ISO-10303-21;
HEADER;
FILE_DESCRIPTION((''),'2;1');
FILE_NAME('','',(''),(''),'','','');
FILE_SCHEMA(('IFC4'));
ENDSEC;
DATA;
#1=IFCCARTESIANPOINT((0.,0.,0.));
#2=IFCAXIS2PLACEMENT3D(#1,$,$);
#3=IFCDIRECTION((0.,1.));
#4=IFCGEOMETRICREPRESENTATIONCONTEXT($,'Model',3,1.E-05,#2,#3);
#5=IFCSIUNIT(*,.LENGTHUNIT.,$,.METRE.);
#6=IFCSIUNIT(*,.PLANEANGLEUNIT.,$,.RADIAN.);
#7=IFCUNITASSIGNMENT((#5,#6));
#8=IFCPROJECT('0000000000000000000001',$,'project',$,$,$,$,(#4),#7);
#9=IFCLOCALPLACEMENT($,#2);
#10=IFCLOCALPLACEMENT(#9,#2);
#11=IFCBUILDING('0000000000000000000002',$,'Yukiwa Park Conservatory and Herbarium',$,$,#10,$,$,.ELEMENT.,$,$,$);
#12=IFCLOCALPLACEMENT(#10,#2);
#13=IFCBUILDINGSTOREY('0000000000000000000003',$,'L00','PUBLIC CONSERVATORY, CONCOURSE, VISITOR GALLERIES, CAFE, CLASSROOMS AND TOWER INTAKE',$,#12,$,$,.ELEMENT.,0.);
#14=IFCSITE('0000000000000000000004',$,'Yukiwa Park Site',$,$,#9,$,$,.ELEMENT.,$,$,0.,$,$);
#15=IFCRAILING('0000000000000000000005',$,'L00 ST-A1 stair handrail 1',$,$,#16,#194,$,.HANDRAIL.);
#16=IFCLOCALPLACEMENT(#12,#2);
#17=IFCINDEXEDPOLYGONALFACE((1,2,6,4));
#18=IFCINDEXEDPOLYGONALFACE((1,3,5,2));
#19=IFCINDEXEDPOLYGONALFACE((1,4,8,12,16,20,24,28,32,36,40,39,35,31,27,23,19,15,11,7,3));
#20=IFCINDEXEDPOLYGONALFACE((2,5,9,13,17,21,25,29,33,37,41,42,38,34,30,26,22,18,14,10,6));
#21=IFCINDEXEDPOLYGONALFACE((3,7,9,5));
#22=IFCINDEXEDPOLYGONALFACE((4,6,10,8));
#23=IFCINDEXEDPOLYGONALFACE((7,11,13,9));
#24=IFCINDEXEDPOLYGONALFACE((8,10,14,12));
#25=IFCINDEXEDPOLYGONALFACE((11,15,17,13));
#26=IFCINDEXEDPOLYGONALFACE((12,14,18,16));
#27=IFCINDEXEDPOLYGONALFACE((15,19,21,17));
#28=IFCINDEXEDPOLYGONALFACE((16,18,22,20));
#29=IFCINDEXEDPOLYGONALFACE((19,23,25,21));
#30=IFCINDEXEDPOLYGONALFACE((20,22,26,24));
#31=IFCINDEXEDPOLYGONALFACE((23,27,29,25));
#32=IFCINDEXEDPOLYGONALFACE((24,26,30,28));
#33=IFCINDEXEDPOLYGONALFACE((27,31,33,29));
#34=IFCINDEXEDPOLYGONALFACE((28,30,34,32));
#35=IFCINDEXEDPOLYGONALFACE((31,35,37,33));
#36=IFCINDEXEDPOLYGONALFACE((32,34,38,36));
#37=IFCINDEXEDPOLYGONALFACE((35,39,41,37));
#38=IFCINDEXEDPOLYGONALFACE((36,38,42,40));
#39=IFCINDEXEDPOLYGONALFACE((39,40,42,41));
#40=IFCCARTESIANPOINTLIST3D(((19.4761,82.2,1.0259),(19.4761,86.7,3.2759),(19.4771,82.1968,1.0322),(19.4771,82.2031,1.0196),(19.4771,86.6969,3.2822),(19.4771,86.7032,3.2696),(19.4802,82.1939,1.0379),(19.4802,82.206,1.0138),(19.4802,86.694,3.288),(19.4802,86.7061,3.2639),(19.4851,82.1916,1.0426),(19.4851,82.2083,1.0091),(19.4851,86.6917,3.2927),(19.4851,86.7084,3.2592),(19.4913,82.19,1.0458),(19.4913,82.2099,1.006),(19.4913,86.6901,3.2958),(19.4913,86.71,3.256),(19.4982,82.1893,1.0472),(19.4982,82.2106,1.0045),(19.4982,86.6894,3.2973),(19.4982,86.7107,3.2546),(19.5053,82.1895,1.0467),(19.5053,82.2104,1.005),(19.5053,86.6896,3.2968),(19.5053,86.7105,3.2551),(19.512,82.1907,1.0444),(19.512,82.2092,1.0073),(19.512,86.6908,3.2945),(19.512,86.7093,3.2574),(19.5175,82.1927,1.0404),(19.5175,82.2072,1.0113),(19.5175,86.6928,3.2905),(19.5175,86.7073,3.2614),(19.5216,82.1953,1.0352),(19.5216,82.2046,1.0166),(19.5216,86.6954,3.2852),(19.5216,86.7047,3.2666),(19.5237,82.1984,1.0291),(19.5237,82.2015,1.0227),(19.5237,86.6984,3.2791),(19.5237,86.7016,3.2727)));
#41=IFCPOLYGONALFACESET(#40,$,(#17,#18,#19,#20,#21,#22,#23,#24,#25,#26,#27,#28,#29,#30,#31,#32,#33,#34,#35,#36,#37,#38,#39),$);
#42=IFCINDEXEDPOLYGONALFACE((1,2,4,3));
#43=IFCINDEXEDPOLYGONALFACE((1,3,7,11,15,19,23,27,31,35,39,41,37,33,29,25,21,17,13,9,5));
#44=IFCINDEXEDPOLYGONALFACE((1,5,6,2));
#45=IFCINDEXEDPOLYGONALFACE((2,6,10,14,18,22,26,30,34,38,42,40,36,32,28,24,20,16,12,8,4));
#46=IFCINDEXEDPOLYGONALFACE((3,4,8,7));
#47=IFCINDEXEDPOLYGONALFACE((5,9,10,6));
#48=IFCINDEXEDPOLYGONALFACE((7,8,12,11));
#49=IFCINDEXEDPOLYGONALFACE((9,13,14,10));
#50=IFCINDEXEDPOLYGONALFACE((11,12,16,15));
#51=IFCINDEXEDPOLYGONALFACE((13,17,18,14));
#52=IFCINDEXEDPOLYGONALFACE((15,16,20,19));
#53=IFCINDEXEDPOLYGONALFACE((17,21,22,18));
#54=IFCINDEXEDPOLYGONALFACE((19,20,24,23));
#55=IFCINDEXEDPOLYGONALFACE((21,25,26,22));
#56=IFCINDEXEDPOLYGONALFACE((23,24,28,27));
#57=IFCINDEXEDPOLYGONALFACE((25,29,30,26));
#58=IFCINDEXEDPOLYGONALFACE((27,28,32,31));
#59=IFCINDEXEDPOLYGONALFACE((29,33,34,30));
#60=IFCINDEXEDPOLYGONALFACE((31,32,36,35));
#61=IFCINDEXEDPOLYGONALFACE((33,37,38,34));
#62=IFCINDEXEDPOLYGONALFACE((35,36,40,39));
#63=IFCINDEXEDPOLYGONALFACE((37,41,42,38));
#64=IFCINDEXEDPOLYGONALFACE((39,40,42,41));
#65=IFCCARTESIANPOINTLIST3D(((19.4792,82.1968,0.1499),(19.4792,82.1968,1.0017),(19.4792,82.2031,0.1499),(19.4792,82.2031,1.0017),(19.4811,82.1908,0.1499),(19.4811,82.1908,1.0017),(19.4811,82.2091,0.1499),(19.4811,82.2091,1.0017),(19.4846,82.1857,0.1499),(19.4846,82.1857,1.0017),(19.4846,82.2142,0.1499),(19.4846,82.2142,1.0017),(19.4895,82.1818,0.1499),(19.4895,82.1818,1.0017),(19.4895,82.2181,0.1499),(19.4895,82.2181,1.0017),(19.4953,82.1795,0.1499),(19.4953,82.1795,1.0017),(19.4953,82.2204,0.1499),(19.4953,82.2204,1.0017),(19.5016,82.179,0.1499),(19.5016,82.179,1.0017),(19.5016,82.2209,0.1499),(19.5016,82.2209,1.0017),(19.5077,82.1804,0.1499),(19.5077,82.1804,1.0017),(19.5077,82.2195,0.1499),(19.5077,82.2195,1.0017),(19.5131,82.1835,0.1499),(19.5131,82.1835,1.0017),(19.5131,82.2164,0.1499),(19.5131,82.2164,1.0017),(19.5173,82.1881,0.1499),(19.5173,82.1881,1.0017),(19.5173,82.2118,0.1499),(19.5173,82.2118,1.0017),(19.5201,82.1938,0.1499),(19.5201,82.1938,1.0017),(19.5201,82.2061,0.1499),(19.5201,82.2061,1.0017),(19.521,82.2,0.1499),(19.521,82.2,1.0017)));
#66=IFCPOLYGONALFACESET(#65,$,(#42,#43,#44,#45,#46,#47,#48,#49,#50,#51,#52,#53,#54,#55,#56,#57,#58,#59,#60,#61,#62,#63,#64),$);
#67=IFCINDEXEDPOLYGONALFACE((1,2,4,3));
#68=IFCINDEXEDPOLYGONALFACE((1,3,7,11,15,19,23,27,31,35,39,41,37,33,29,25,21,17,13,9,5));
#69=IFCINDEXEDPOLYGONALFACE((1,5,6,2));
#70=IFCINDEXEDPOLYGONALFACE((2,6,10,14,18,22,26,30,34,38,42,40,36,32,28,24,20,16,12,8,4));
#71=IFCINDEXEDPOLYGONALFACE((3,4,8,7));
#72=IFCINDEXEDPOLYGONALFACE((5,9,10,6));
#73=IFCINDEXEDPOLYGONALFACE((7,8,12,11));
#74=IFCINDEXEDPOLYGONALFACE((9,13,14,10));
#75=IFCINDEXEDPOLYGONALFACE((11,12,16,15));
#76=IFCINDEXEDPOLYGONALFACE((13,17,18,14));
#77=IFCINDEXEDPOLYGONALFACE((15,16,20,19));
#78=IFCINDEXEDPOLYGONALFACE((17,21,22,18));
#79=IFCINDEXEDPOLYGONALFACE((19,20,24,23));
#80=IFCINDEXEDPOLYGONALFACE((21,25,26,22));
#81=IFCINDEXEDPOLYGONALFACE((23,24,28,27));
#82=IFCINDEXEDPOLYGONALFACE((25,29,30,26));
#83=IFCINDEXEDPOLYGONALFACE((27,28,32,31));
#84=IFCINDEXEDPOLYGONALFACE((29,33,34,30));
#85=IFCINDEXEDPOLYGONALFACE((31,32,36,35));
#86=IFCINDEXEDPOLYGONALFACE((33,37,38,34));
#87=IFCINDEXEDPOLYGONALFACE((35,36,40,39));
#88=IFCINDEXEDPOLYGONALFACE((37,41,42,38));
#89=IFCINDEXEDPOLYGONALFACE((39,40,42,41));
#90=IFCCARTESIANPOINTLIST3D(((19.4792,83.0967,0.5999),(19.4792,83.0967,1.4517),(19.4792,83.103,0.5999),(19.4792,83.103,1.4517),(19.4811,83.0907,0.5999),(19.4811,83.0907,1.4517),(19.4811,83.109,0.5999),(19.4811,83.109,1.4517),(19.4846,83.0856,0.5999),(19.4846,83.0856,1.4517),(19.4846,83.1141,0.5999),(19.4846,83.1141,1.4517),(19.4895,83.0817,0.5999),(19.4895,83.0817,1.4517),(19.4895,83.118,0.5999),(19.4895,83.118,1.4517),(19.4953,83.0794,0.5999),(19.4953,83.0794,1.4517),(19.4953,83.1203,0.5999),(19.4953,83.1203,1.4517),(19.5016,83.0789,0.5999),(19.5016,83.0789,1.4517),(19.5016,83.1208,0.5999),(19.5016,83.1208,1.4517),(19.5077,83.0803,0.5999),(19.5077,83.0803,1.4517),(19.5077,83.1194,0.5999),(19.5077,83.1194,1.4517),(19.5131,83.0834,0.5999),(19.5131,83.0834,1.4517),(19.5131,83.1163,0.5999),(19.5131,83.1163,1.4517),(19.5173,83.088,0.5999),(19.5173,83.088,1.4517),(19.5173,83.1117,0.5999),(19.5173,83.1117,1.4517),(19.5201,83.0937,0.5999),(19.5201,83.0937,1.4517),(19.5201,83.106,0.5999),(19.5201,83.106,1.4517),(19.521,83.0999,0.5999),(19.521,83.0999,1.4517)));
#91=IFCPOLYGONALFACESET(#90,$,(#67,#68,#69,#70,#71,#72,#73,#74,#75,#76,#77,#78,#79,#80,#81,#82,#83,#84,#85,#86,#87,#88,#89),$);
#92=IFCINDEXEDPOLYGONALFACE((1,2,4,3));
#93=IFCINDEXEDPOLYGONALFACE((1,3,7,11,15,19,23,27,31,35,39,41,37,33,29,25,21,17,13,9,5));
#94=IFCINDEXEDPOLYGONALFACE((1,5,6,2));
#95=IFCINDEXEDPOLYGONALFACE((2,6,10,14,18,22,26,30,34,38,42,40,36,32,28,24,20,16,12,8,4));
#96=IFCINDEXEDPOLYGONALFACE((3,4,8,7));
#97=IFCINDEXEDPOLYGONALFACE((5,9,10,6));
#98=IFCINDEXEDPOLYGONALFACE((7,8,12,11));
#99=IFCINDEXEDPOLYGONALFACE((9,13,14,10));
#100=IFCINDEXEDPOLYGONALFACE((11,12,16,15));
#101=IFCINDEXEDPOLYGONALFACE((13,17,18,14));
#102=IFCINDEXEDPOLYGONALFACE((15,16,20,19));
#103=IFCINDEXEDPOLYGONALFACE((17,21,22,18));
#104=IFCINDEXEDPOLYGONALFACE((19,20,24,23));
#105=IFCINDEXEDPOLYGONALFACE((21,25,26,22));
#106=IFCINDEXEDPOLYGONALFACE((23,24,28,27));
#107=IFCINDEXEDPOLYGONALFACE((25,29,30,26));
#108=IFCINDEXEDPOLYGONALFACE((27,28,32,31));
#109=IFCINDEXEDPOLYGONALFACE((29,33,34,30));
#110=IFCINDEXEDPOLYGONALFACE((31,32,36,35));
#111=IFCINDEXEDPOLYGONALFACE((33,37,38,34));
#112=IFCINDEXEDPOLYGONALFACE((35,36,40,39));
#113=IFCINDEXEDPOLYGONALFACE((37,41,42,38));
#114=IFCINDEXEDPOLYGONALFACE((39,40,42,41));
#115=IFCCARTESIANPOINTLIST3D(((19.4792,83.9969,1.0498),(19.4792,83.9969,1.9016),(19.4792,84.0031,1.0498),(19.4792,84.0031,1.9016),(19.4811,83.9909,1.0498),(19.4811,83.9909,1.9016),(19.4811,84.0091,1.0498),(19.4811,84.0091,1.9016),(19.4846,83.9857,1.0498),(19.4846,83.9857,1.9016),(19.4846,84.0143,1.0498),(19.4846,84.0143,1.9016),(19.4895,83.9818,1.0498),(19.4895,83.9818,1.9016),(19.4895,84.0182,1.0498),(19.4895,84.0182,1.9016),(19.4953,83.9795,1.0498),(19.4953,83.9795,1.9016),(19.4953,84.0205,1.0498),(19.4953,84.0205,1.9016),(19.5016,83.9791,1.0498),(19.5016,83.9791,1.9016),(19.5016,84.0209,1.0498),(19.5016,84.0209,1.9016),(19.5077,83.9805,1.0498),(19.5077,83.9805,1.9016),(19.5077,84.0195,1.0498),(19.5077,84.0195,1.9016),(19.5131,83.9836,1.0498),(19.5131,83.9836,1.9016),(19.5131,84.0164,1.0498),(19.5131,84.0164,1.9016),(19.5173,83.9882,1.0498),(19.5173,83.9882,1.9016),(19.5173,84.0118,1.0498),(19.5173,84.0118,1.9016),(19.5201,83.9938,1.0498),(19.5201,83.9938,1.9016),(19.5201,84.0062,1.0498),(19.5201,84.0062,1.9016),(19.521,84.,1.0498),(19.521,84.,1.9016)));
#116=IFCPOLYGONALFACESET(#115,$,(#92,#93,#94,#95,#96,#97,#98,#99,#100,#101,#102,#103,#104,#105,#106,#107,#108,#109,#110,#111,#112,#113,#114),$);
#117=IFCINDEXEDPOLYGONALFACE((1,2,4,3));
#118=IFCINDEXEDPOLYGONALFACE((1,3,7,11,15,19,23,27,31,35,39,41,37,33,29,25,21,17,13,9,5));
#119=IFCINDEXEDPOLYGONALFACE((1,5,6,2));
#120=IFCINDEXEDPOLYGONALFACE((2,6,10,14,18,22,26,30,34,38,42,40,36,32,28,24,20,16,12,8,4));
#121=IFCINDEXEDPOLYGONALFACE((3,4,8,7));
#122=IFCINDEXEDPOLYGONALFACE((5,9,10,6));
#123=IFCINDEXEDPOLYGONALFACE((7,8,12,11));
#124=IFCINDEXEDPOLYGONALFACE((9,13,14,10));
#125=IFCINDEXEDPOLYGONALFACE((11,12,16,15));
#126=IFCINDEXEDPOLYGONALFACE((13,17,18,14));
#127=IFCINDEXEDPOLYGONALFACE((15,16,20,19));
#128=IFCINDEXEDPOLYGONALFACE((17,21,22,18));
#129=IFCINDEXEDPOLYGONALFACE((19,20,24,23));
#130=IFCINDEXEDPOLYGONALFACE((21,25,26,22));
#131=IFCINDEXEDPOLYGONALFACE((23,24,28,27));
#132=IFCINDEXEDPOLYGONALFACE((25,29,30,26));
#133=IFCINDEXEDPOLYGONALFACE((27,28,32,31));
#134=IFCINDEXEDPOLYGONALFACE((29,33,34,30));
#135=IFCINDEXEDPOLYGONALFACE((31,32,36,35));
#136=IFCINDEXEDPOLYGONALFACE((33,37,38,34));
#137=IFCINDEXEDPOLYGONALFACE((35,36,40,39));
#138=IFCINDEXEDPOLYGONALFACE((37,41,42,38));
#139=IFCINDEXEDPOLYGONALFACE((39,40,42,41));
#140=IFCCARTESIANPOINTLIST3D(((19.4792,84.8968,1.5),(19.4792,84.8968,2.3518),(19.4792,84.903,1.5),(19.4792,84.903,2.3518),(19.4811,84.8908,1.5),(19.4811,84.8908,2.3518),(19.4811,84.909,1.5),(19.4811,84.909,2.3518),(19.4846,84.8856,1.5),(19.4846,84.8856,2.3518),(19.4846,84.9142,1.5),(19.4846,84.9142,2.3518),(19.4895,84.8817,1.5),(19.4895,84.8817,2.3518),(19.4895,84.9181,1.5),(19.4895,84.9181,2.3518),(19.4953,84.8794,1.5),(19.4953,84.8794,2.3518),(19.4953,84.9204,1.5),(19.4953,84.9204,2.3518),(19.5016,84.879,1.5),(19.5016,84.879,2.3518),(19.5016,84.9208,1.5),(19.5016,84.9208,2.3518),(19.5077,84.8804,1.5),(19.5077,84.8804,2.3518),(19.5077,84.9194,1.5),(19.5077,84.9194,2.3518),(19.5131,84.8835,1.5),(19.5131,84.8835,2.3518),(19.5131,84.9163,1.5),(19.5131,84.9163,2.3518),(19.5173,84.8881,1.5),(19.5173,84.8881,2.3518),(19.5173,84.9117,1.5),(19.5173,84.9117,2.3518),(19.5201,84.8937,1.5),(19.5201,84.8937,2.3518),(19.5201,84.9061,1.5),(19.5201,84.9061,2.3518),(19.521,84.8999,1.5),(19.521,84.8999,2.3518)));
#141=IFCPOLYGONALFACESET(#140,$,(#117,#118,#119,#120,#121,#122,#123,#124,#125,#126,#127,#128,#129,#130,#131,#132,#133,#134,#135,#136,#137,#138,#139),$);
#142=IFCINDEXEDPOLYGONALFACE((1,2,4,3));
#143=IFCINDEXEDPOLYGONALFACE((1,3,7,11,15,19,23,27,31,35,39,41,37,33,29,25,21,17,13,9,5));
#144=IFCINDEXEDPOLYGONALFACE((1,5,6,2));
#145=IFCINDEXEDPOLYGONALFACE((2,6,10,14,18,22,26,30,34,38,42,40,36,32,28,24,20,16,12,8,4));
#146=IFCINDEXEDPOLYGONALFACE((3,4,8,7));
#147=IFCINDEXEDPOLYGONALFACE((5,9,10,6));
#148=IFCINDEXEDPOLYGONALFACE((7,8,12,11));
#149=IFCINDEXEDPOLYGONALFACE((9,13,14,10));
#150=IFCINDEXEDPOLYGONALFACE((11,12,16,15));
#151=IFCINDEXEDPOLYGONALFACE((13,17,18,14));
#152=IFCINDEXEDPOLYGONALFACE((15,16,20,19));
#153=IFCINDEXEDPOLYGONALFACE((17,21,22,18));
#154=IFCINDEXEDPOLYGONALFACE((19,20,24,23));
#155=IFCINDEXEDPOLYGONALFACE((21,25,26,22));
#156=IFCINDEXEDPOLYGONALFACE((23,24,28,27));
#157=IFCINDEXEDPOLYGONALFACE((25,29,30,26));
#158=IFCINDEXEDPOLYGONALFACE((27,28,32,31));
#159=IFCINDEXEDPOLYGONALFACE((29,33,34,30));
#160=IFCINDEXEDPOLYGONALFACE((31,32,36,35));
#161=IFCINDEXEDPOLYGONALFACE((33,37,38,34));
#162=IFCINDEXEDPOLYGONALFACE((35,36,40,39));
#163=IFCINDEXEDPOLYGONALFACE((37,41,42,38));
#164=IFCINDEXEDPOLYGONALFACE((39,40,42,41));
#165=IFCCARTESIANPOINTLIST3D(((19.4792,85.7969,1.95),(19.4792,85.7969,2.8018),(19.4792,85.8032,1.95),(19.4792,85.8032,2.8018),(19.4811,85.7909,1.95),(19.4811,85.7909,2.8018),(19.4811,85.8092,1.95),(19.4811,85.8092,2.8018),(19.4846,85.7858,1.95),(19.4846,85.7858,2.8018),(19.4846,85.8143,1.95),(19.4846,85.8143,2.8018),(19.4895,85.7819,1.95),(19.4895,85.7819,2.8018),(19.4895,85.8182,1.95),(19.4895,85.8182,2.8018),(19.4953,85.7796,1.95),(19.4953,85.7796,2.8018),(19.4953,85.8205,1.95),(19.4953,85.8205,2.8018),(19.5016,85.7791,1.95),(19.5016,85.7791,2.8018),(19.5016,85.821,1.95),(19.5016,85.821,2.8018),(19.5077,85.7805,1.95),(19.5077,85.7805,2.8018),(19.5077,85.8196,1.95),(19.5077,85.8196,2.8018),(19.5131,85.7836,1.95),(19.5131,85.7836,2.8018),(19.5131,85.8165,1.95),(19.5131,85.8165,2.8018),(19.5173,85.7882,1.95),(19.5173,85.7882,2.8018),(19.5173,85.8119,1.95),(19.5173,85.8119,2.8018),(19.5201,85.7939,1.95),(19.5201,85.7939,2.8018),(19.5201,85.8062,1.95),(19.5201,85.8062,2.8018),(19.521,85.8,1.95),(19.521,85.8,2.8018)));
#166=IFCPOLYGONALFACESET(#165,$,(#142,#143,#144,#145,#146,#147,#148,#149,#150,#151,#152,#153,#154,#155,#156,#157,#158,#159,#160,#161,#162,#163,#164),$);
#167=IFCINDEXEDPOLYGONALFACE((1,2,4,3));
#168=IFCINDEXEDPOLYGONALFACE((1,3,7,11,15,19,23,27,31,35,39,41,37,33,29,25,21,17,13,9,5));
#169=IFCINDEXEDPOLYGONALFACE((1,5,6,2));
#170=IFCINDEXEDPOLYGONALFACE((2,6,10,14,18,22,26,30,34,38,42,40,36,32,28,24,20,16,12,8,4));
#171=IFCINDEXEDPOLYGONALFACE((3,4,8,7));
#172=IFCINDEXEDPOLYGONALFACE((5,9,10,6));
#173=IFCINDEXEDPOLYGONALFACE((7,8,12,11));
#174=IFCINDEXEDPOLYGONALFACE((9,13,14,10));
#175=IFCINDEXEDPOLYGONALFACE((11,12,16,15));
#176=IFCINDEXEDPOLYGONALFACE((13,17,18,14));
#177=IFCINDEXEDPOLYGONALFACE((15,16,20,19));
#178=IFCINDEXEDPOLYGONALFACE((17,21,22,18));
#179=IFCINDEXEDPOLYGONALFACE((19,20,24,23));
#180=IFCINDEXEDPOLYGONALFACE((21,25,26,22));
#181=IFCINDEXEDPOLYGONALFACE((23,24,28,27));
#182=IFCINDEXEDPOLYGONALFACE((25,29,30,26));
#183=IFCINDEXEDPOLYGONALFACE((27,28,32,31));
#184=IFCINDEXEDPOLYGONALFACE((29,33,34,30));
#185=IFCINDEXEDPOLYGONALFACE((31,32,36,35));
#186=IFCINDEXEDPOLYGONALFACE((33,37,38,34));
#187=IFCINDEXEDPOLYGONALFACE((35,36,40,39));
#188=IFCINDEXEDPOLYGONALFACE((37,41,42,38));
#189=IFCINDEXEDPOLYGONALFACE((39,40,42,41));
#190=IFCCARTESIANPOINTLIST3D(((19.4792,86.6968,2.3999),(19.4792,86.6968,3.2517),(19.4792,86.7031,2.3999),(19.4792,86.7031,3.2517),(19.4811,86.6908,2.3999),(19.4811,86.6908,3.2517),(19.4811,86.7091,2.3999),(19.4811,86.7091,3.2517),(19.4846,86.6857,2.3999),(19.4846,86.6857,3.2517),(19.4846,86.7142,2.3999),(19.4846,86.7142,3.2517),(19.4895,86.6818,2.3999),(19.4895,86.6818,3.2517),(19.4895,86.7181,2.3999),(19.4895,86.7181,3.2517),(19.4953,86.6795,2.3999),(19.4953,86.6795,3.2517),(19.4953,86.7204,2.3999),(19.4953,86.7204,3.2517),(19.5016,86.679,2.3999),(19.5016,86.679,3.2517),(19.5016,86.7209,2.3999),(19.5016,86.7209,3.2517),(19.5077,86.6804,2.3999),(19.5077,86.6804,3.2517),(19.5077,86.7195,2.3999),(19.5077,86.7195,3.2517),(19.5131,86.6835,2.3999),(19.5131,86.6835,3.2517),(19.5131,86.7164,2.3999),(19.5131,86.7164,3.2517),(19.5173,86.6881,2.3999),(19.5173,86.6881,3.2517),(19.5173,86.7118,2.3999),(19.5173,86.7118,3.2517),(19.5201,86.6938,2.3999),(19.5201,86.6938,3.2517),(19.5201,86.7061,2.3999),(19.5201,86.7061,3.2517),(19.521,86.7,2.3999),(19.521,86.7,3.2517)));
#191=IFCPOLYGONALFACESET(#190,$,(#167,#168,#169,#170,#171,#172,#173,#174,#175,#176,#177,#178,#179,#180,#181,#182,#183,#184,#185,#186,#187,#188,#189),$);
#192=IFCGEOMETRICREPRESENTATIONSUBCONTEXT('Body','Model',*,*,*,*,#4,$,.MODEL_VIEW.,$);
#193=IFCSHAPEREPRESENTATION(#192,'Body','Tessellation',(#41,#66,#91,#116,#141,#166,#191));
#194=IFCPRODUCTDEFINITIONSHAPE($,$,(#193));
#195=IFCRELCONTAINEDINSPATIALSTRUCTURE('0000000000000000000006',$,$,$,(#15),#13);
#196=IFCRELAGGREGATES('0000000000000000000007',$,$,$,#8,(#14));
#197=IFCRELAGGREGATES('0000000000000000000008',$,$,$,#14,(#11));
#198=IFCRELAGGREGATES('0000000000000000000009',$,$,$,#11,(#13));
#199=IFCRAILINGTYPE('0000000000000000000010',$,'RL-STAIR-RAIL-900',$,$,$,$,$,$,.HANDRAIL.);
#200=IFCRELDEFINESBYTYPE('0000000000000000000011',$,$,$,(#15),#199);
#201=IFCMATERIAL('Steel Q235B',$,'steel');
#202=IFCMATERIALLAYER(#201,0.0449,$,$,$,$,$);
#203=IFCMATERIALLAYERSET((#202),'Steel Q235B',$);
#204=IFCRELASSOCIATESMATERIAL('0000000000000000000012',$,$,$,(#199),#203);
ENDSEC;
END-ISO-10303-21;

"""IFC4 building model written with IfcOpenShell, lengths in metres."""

from ifc_helpers import new_model, si_unit, direction, frame, origin, origin_2d, place, context, subcontext, project, spatial, circle, extrude, material, layer, layer_set, type_object, element, save


model = new_model("IFC4")

# Units and contexts
model_context = context("Model", 3, precision=1e-05, world=origin(), true_north=direction((0.0, 1.0)))
body_context = subcontext(model_context, "Body", "Model", "MODEL_VIEW")
ifc_project = project(units=[si_unit("LENGTHUNIT", "METRE"), si_unit("PLANEANGLEUNIT", "RADIAN")], contexts=[model_context])

# Site, building, storey
site_placement = place(None, origin())
site = spatial("IfcSite", under=ifc_project, at=site_placement, Name="Yukiwa Park Site", CompositionType="ELEMENT", RefElevation=0.0)
building_placement = place(site_placement, origin())
building = spatial("IfcBuilding", under=site, at=building_placement, Name="Yukiwa Park Conservatory and Herbarium", CompositionType="ELEMENT")
storey_placement = place(building_placement, origin())
storey = spatial("IfcBuildingStorey", under=building, at=storey_placement, Name="L00", Description="PUBLIC CONSERVATORY, CONCOURSE, VISITOR GALLERIES, CAFE, CLASSROOMS AND TOWER INTAKE", CompositionType="ELEMENT", Elevation=0.0)

# Railing
ifc_material_1 = material(Name="Steel Q235B", Category="steel")
ifc_layer_1 = layer(ifc_material_1, 0.0449)
ifc_layer_set_1 = layer_set([ifc_layer_1], Name="Steel Q235B")
railing_type_1 = type_object("IfcRailingType", Name="RL-STAIR-RAIL-900", PredefinedType="HANDRAIL", material=ifc_layer_set_1)
railing_1_placement = place(storey_placement, frame((19.5, 82.2, 0.1499)))
element("IfcRailing", 1, at=railing_1_placement, inside=storey, type_object=railing_type_1, Name="L00 ST-A1 stair handrail 1", PredefinedType="HANDRAIL", context=body_context, shape_type="SweptSolid", body=[
    extrude(circle(Radius=0.0239, at=origin_2d()), frame((0.0, 0.0, 0.876), z_axis=(0.0, 0.894427, 0.447214), x_axis=(-1.0, 0.0, 0.0)), (0.0, 0.0, 1.0), 5.0312),
    extrude(circle(Radius=0.021, at=origin_2d()), origin(), (0.0, 0.0, 1.0), 0.8518),
    extrude(circle(Radius=0.021, at=origin_2d()), frame((0.0, 0.8999, 0.45)), (0.0, 0.0, 1.0), 0.8518),
    extrude(circle(Radius=0.021, at=origin_2d()), frame((0.0, 1.8, 0.8999)), (0.0, 0.0, 1.0), 0.8518),
    extrude(circle(Radius=0.021, at=origin_2d()), frame((0.0, 2.7, 1.3501)), (0.0, 0.0, 1.0), 0.8518),
    extrude(circle(Radius=0.021, at=origin_2d()), frame((0.0, 3.6001, 1.8)), (0.0, 0.0, 1.0), 0.8518),
    extrude(circle(Radius=0.021, at=origin_2d()), frame((0.0, 4.5, 2.25)), (0.0, 0.0, 1.0), 0.8518),
])

save(model, "model.ifc")
